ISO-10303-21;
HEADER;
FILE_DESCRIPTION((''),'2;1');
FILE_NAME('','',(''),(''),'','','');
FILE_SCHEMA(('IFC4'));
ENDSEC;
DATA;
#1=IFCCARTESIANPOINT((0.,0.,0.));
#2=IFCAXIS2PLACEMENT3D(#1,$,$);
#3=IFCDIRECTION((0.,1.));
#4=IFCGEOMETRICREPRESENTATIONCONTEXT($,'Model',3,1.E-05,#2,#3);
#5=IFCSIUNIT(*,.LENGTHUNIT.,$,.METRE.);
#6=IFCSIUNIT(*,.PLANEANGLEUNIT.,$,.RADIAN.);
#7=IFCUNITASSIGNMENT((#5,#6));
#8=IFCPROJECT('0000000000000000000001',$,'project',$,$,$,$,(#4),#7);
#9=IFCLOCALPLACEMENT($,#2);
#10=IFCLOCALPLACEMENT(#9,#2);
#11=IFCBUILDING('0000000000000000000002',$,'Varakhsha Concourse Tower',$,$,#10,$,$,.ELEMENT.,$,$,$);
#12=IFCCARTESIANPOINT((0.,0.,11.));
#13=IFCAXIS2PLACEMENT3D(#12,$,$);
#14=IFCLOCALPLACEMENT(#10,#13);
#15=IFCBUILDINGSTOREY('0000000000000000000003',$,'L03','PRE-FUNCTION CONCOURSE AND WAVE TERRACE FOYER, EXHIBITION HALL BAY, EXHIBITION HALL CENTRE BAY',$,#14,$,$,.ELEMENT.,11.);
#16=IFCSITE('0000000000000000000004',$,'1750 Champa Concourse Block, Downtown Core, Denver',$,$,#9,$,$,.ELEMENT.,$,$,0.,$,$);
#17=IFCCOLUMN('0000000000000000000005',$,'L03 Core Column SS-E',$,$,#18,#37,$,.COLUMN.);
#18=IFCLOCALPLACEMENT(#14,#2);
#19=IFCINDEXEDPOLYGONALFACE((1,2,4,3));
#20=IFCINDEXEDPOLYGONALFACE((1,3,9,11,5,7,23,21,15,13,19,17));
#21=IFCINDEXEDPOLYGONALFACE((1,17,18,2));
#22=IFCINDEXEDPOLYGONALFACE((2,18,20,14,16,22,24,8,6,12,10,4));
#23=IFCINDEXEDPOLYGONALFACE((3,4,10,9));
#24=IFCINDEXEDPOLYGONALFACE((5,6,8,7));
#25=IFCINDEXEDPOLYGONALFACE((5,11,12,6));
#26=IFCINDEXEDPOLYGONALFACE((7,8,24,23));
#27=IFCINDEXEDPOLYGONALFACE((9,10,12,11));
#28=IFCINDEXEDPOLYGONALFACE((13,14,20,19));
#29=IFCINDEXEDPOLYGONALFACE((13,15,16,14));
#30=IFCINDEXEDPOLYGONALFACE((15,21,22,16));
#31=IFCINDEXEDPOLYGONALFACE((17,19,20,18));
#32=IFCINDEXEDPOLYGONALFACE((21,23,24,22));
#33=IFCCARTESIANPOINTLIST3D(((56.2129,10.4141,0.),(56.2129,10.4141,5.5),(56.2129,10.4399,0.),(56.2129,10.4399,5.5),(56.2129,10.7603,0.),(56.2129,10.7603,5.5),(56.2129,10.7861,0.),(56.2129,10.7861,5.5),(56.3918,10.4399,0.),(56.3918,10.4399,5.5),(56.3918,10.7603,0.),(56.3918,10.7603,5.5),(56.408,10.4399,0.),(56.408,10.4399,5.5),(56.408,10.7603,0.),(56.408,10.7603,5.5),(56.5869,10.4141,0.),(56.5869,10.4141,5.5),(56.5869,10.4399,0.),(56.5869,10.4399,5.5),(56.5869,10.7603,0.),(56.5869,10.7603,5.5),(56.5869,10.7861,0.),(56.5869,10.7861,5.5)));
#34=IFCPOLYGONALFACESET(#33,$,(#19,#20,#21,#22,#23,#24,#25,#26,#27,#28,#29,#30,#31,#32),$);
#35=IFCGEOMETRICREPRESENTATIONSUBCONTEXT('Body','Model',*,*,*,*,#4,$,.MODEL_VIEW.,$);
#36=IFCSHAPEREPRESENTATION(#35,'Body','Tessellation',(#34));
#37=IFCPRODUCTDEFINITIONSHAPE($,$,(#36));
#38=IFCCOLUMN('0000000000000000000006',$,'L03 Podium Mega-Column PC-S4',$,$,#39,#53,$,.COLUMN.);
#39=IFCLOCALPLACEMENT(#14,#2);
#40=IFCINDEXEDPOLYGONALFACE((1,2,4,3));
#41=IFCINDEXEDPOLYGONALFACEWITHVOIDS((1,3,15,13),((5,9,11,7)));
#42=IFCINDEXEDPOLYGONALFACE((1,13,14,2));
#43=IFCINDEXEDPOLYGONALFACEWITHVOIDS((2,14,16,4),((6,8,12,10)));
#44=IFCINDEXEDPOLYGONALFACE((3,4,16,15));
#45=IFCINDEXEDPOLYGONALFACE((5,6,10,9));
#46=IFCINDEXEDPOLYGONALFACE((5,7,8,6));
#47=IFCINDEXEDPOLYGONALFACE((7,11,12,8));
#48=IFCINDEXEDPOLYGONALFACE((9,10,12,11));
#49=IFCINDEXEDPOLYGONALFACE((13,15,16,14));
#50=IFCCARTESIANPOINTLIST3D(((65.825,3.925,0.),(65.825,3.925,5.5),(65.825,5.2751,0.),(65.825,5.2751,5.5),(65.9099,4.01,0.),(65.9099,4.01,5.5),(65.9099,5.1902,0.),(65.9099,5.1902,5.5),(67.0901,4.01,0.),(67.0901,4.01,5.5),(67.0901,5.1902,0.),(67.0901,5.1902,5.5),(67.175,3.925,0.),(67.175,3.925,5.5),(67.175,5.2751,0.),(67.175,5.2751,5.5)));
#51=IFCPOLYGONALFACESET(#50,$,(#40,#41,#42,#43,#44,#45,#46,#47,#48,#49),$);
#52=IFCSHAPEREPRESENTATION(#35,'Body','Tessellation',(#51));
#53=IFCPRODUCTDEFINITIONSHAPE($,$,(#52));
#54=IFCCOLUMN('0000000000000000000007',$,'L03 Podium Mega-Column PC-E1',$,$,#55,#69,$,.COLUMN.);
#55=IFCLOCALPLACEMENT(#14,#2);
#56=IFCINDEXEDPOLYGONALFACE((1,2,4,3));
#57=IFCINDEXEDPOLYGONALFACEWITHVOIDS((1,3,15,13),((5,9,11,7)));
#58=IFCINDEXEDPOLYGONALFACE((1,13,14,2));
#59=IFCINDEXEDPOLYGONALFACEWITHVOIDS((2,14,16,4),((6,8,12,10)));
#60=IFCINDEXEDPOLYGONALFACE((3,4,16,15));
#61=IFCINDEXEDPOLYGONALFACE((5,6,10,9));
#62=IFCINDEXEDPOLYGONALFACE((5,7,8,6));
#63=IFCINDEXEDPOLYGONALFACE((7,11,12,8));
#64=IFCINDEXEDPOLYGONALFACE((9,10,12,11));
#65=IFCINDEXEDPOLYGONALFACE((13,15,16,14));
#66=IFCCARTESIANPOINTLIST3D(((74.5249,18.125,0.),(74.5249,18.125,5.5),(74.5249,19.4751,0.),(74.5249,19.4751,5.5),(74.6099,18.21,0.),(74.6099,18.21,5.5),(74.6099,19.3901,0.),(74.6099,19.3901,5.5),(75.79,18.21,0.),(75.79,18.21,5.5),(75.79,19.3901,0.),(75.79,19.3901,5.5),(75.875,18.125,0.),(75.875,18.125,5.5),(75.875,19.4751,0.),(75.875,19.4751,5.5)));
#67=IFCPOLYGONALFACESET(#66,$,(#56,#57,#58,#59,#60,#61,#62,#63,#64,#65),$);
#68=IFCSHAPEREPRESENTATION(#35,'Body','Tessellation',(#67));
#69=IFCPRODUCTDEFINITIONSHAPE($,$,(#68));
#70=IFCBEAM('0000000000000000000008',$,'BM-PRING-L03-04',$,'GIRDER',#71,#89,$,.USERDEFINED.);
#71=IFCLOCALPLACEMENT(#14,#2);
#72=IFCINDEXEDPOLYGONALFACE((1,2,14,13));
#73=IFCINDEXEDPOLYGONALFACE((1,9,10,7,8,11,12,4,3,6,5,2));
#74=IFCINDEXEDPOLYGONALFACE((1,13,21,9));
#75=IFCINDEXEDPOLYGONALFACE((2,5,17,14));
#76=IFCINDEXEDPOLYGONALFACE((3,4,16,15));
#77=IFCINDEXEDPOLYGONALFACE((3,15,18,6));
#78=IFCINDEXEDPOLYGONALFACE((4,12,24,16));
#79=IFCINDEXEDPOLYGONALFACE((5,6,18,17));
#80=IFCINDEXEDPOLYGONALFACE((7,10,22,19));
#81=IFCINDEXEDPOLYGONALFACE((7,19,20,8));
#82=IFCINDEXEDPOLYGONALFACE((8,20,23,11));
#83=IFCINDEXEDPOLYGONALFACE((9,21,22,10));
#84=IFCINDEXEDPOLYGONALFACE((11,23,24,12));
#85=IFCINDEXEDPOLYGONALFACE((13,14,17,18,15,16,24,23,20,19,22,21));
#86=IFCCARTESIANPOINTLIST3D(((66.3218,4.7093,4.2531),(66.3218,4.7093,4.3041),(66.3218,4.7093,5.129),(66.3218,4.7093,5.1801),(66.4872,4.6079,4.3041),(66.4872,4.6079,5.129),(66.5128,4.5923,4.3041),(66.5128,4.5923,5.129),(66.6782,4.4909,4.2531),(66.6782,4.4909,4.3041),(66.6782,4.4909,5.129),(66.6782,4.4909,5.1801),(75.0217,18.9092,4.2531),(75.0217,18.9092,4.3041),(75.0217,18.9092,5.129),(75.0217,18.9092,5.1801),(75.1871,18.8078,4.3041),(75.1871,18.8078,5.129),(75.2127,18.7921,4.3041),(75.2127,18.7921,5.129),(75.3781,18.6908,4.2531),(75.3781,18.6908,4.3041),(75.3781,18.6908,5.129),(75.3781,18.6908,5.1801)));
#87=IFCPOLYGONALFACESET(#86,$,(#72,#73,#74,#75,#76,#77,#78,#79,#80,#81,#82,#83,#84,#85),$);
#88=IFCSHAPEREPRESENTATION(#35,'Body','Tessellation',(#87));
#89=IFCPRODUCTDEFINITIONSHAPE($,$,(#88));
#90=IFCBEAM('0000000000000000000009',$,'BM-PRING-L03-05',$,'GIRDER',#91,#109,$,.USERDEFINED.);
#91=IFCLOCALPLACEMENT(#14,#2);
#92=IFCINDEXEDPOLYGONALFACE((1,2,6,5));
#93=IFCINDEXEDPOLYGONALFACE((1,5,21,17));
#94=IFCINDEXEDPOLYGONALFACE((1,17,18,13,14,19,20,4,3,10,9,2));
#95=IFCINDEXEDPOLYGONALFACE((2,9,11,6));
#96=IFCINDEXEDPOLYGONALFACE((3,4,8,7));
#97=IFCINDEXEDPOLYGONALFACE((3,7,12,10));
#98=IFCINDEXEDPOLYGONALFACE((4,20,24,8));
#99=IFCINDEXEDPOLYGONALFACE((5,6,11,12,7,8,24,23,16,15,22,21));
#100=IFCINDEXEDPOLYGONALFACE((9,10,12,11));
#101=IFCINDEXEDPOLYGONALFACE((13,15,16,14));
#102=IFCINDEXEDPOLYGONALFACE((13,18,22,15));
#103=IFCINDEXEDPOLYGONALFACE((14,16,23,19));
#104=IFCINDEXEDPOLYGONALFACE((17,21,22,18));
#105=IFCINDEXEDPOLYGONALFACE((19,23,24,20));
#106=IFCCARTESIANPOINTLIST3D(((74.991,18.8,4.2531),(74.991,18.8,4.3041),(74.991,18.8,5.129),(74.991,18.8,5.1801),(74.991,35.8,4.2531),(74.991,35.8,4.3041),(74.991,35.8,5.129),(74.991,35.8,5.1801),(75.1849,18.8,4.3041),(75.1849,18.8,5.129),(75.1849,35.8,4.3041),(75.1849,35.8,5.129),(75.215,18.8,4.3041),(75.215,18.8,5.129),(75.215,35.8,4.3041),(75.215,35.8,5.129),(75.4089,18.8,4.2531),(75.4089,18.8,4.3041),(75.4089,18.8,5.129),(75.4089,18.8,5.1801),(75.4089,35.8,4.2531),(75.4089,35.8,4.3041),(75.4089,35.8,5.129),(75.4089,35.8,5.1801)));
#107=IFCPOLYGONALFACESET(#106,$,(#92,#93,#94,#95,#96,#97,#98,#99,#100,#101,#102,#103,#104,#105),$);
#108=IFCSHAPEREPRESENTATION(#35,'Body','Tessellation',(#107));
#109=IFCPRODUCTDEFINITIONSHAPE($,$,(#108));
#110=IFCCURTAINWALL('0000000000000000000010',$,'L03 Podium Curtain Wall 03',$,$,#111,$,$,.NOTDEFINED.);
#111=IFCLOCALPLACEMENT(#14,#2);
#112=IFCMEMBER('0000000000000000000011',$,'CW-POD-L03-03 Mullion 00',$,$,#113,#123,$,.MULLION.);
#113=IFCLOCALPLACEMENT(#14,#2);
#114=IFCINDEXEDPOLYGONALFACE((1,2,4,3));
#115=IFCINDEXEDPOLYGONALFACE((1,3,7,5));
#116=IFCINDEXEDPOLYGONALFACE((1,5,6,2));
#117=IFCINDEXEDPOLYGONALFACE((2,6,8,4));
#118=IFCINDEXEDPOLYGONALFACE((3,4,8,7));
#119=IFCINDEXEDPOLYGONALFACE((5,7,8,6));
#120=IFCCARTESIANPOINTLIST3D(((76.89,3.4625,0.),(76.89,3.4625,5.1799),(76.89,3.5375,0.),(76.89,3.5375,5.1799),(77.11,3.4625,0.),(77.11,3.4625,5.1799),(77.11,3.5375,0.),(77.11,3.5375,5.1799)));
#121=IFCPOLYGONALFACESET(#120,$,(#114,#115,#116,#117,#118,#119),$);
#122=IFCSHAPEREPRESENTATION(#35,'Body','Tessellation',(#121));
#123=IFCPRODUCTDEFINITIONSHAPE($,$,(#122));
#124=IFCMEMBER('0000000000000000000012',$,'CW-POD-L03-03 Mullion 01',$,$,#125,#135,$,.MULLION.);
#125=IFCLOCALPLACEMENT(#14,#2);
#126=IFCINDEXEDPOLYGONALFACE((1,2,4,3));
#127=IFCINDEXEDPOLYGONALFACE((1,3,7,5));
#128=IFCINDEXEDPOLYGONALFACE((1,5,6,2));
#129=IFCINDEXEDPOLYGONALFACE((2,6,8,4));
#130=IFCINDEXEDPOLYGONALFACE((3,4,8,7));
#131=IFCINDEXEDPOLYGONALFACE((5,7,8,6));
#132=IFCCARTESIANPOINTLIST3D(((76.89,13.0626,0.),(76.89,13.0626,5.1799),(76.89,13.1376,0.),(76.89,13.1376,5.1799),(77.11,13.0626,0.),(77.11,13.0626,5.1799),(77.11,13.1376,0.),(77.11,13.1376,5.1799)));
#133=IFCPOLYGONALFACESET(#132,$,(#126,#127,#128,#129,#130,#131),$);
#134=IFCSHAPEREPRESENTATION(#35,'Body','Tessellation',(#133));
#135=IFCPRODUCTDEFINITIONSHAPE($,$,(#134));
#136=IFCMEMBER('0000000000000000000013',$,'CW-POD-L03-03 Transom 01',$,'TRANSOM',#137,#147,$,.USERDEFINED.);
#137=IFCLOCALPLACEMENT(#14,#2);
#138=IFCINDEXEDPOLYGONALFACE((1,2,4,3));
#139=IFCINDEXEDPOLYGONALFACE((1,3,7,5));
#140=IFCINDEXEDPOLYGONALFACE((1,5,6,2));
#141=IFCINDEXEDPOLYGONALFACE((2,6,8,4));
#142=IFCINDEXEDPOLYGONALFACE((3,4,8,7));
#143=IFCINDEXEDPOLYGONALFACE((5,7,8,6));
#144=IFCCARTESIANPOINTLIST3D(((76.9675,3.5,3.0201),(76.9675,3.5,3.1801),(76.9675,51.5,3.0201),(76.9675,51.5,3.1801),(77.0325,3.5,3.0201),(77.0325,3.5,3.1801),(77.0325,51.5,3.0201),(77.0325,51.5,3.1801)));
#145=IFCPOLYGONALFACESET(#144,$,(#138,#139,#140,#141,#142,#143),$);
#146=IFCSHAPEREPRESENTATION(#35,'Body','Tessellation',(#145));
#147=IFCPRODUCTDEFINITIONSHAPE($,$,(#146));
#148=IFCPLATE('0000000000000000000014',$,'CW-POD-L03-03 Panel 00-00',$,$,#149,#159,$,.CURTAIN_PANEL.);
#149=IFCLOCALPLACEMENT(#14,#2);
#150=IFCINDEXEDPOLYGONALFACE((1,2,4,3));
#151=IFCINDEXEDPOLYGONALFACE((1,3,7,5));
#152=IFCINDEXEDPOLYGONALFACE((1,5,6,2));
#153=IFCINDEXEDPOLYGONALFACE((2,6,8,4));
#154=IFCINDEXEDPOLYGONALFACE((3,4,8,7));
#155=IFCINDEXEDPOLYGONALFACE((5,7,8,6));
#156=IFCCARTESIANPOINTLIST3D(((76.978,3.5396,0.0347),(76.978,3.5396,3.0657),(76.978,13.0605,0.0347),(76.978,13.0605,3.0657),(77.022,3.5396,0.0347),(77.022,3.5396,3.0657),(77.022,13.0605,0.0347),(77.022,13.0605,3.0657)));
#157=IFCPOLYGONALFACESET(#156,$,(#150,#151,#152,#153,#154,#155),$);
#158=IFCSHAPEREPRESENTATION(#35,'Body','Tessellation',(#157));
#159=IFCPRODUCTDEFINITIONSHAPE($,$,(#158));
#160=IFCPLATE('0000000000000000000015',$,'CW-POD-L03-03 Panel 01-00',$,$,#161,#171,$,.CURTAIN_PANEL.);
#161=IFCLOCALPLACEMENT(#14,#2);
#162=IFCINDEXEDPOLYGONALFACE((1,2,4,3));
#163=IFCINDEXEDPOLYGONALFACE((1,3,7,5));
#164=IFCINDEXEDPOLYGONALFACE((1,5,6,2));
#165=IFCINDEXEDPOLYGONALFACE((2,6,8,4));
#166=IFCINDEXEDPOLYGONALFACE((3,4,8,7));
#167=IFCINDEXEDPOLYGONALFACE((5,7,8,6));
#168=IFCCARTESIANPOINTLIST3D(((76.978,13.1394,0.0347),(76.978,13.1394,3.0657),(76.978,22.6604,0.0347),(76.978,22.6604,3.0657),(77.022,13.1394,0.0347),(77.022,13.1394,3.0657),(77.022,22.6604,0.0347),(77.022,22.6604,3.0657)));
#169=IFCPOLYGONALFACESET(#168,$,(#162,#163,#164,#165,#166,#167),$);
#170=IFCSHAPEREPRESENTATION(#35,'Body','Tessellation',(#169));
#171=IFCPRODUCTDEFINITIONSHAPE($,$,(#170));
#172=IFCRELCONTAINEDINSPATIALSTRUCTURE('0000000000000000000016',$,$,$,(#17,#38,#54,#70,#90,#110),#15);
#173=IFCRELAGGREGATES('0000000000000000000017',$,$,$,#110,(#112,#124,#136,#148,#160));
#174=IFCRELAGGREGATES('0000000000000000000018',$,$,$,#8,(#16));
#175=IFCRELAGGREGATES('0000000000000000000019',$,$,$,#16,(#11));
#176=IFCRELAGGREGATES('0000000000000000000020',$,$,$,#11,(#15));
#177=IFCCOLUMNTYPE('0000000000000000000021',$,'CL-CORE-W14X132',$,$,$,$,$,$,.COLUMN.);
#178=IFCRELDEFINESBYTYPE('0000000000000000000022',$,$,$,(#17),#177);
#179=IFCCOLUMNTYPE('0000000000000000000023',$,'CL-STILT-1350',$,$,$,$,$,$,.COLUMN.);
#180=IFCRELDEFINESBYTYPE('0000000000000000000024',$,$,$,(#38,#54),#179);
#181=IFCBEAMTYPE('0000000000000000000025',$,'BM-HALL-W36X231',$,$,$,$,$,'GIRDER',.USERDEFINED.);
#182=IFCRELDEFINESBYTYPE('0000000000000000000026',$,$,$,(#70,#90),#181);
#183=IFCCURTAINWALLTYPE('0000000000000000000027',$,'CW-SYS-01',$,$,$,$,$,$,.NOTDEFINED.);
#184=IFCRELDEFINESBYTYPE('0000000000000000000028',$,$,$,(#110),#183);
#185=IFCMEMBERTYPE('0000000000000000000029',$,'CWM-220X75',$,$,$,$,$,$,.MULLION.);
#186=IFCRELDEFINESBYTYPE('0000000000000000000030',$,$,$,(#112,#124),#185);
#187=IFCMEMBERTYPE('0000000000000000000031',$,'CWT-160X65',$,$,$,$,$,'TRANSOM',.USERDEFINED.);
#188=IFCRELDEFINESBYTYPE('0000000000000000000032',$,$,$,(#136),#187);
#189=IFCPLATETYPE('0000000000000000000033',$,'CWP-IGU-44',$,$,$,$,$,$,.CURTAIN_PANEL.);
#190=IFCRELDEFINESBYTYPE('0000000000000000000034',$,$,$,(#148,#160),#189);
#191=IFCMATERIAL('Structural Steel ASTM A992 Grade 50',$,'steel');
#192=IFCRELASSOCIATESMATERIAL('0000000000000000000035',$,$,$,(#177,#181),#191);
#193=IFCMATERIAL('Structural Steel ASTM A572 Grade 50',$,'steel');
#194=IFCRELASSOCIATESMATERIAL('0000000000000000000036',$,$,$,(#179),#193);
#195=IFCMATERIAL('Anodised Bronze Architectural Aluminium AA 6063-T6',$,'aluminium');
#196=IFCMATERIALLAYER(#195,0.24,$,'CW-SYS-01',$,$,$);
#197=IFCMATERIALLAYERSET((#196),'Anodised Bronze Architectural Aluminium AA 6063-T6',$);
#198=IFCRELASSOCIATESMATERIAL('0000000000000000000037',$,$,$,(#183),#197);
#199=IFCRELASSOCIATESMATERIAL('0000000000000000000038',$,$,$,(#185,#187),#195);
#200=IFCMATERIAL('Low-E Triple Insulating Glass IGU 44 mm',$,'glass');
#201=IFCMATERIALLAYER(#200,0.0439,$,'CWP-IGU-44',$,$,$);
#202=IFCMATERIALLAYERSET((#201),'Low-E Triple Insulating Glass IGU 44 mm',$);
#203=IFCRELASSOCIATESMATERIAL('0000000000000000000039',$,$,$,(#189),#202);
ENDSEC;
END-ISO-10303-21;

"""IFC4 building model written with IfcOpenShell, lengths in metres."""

from ifc_helpers import new_model, si_unit, direction, frame, origin, origin_2d, place, context, subcontext, project, spatial, rectangle, hollow_rectangle, i_section, extrude, source, transform, mapped, material, layer, layer_set, material_profile, profile_set, type_object, type_shapes, element, aggregate, save


model = new_model("IFC4")

# Units and contexts
model_context = context("Model", 3, precision=1e-05, world=origin(), true_north=direction((0.0, 1.0)))
body_context = subcontext(model_context, "Body", "Model", "MODEL_VIEW")
ifc_project = project(units=[si_unit("LENGTHUNIT", "METRE"), si_unit("PLANEANGLEUNIT", "RADIAN")], contexts=[model_context])

# Site, building, storey
site_placement = place(None, origin())
site = spatial("IfcSite", under=ifc_project, at=site_placement, Name="1750 Champa Concourse Block, Downtown Core, Denver", CompositionType="ELEMENT", RefElevation=0.0)
building_placement = place(site_placement, origin())
building = spatial("IfcBuilding", under=site, at=building_placement, Name="Varakhsha Concourse Tower", CompositionType="ELEMENT")
storey_placement = place(building_placement, frame((0.0, 0.0, 11.0)))
storey = spatial("IfcBuildingStorey", under=building, at=storey_placement, Name="L03", Description="PRE-FUNCTION CONCOURSE AND WAVE TERRACE FOYER, EXHIBITION HALL BAY, EXHIBITION HALL CENTRE BAY", CompositionType="ELEMENT", Elevation=11.0)

# Columns
ifc_material_1 = material(Name="Structural Steel ASTM A992 Grade 50", Category="steel")
ifc_material_profile_1 = material_profile(ifc_material_1, i_section(OverallWidth=0.374, OverallDepth=0.3721, WebThickness=0.0161, FlangeThickness=0.0259, at=origin_2d()), Name="W14X132")
ifc_profile_set_1 = profile_set([ifc_material_profile_1], Name="Structural Steel ASTM A992 Grade 50")
column_type_1 = type_object("IfcColumnType", Name="CL-CORE-W14X132", PredefinedType="COLUMN", material=ifc_profile_set_1)
column_placement = place(storey_placement, frame((56.3999, 10.6001, 0.0), z_axis=(0.0, 0.0, 1.0), x_axis=(1.0, 0.0, 0.0)))
element("IfcColumn", 1, at=column_placement, inside=storey, type_object=column_type_1, Name="L03 Core Column SS-E", PredefinedType="COLUMN", context=body_context, shape_type="SweptSolid", body=[
    extrude(i_section(OverallWidth=0.374, OverallDepth=0.3721, WebThickness=0.0161, FlangeThickness=0.0259, at=origin_2d()), origin(), (0.0, 0.0, 1.0), 5.5),
])
ifc_material_2 = material(Name="Structural Steel ASTM A572 Grade 50", Category="steel")
ifc_material_profile_2 = material_profile(ifc_material_2, hollow_rectangle(XDim=1.3501, YDim=1.3501, WallThickness=0.085, at=origin_2d()), Name="BOX 1350x1350x85")
ifc_profile_set_2 = profile_set([ifc_material_profile_2], Name="Structural Steel ASTM A572 Grade 50")
column_type_2 = type_object("IfcColumnType", Name="CL-STILT-1350", PredefinedType="COLUMN", material=ifc_profile_set_2)
for number, where, z_axis, x_axis, name in (
    (2, (66.5, 4.6001, 0.0), (0.0, 0.0, 1.0), (1.0, 0.0, 0.0), "L03 Podium Mega-Column PC-S4"),
    (3, (75.2, 18.8, 0.0), (0.0, 0.0, 1.0), (1.0, 0.0, 0.0), "L03 Podium Mega-Column PC-E1"),
):
    element("IfcColumn", number, at=place(storey_placement, frame(where, z_axis=z_axis, x_axis=x_axis)), inside=storey, type_object=column_type_2, Name=name, PredefinedType="COLUMN", context=body_context, shape_type="SweptSolid", body=[
        extrude(hollow_rectangle(XDim=1.3501, YDim=1.3501, WallThickness=0.085, at=origin_2d()), origin(), (0.0, 0.0, 1.0), 5.5),
    ])

# Beams
ifc_material_profile_3 = material_profile(ifc_material_1, i_section(OverallWidth=0.418, OverallDepth=0.927, WebThickness=0.03, FlangeThickness=0.051, at=origin_2d()), Name="W36X231")
ifc_profile_set_3 = profile_set([ifc_material_profile_3], Name="Structural Steel ASTM A992 Grade 50")
beam_type = type_object("IfcBeamType", Name="BM-HALL-W36X231", ElementType="GIRDER", PredefinedType="USERDEFINED", material=ifc_profile_set_3)
beam_1_placement = place(storey_placement, frame((66.5, 4.6001, 4.7166), z_axis=(0.52242, 0.852688, 0.0), x_axis=(-0.852688, 0.52242, 0.0)))
element("IfcBeam", 4, at=beam_1_placement, inside=storey, type_object=beam_type, Name="BM-PRING-L03-04", ObjectType="GIRDER", PredefinedType="USERDEFINED", context=body_context, shape_type="SweptSolid", body=[
    extrude(i_section(OverallWidth=0.418, OverallDepth=0.927, WebThickness=0.03, FlangeThickness=0.051, at=origin_2d()), origin(), (0.0, 0.0, 1.0), 16.6531),
])
beam_2_placement = place(storey_placement, frame((75.2, 18.8, 4.7166), z_axis=(0.0, 1.0, 0.0), x_axis=(-1.0, 0.0, 0.0)))
element("IfcBeam", 5, at=beam_2_placement, inside=storey, type_object=beam_type, Name="BM-PRING-L03-05", ObjectType="GIRDER", PredefinedType="USERDEFINED", context=body_context, shape_type="SweptSolid", body=[
    extrude(i_section(OverallWidth=0.418, OverallDepth=0.927, WebThickness=0.03, FlangeThickness=0.051, at=origin_2d()), origin(), (0.0, 0.0, 1.0), 17.0),
])

# Curtain wall, members, plates
ifc_material_3 = material(Name="Anodised Bronze Architectural Aluminium AA 6063-T6", Category="aluminium")
ifc_layer_1 = layer(ifc_material_3, 0.24, Name="CW-SYS-01")
ifc_layer_set_1 = layer_set([ifc_layer_1], Name="Anodised Bronze Architectural Aluminium AA 6063-T6")
curtain_wall_type = type_object("IfcCurtainWallType", Name="CW-SYS-01", PredefinedType="NOTDEFINED", material=ifc_layer_set_1)
curtain_wall_placement = place(storey_placement, origin())
curtain_wall = element("IfcCurtainWall", 6, at=curtain_wall_placement, inside=storey, type_object=curtain_wall_type, Name="L03 Podium Curtain Wall 03", PredefinedType="NOTDEFINED")
ifc_material_profile_4 = material_profile(ifc_material_3, rectangle(XDim=0.075, YDim=0.22, at=origin_2d()), Name="CWM-220X75")
ifc_profile_set_4 = profile_set([ifc_material_profile_4], Name="Anodised Bronze Architectural Aluminium AA 6063-T6")
member_type_1 = type_object("IfcMemberType", Name="CWM-220X75", PredefinedType="MULLION", material=ifc_profile_set_4)
shared_shape_1 = source(origin(), body_context, "Body", "SweptSolid", [
    extrude(rectangle(XDim=0.075, YDim=0.22, at=origin_2d()), origin(), (0.0, 0.0, 1.0), 5.1799),
])
type_shapes(member_type_1, [shared_shape_1])
member_1_placement = place(storey_placement, frame((77.0, 3.5, 0.0), z_axis=(0.0, 0.0, 1.0), x_axis=(0.0, 1.0, 0.0)))
member_1 = element("IfcMember", 7, at=member_1_placement, type_object=member_type_1, Name="CW-POD-L03-03 Mullion 00", PredefinedType="MULLION", context=body_context, shape_type="MappedRepresentation", body=[
    mapped(shared_shape_1, transform((0.0, 0.0, 0.0), scale=1.0)),
])
member_2_placement = place(storey_placement, frame((77.0, 13.1001, 0.0), z_axis=(0.0, 0.0, 1.0), x_axis=(0.0, 1.0, 0.0)))
member_2 = element("IfcMember", 8, at=member_2_placement, type_object=member_type_1, Name="CW-POD-L03-03 Mullion 01", PredefinedType="MULLION", context=body_context, shape_type="MappedRepresentation", body=[
    mapped(shared_shape_1, transform((0.0, 0.0, 0.0), scale=1.0)),
])
ifc_material_profile_5 = material_profile(ifc_material_3, rectangle(XDim=0.0649, YDim=0.1599, at=origin_2d()), Name="CWT-160X65")
ifc_profile_set_5 = profile_set([ifc_material_profile_5], Name="Anodised Bronze Architectural Aluminium AA 6063-T6")
member_type_2 = type_object("IfcMemberType", Name="CWT-160X65", ElementType="TRANSOM", PredefinedType="USERDEFINED", material=ifc_profile_set_5)
shared_shape_2 = source(origin(), body_context, "Body", "SweptSolid", [
    extrude(rectangle(XDim=0.0649, YDim=0.1599, at=origin_2d()), origin(), (0.0, 0.0, 1.0), 48.0),
])
type_shapes(member_type_2, [shared_shape_2])
member_3_placement = place(storey_placement, frame((77.0, 3.5, 3.1001), z_axis=(0.0, 1.0, 0.0), x_axis=(-1.0, 0.0, 0.0)))
member_3 = element("IfcMember", 9, at=member_3_placement, type_object=member_type_2, Name="CW-POD-L03-03 Transom 01", ObjectType="TRANSOM", PredefinedType="USERDEFINED", context=body_context, shape_type="MappedRepresentation", body=[
    mapped(shared_shape_2, transform((0.0, 0.0, 0.0), scale=1.0)),
])
ifc_material_4 = material(Name="Low-E Triple Insulating Glass IGU 44 mm", Category="glass")
ifc_layer_2 = layer(ifc_material_4, 0.0439, Name="CWP-IGU-44")
ifc_layer_set_2 = layer_set([ifc_layer_2], Name="Low-E Triple Insulating Glass IGU 44 mm")
plate_type_1 = type_object("IfcPlateType", Name="CWP-IGU-44", PredefinedType="CURTAIN_PANEL", material=ifc_layer_set_2)
shared_shape_3 = source(origin(), body_context, "Body", "SweptSolid", [
    extrude(rectangle(XDim=9.521, YDim=0.0439, at=origin_2d()), origin(), (0.0, 0.0, 1.0), 3.031),
])
type_shapes(plate_type_1, [shared_shape_3])
plate_1_placement = place(storey_placement, frame((77.0, 8.3, 0.0347), z_axis=(0.0, 0.0, 1.0), x_axis=(0.0, 1.0, 0.0)))
plate_1 = element("IfcPlate", 10, at=plate_1_placement, type_object=plate_type_1, Name="CW-POD-L03-03 Panel 00-00", PredefinedType="CURTAIN_PANEL", context=body_context, shape_type="MappedRepresentation", body=[
    mapped(shared_shape_3, transform((0.0, 0.0, 0.0), scale=1.0)),
])
plate_2_placement = place(storey_placement, frame((77.0, 17.8999, 0.0347), z_axis=(0.0, 0.0, 1.0), x_axis=(0.0, 1.0, 0.0)))
plate_2 = element("IfcPlate", 11, at=plate_2_placement, type_object=plate_type_1, Name="CW-POD-L03-03 Panel 01-00", PredefinedType="CURTAIN_PANEL", context=body_context, shape_type="MappedRepresentation", body=[
    mapped(shared_shape_3, transform((0.0, 0.0, 0.0), scale=1.0)),
])
aggregate(curtain_wall, [member_1, member_2, member_3, plate_1, plate_2])

save(model, "model.ifc")
